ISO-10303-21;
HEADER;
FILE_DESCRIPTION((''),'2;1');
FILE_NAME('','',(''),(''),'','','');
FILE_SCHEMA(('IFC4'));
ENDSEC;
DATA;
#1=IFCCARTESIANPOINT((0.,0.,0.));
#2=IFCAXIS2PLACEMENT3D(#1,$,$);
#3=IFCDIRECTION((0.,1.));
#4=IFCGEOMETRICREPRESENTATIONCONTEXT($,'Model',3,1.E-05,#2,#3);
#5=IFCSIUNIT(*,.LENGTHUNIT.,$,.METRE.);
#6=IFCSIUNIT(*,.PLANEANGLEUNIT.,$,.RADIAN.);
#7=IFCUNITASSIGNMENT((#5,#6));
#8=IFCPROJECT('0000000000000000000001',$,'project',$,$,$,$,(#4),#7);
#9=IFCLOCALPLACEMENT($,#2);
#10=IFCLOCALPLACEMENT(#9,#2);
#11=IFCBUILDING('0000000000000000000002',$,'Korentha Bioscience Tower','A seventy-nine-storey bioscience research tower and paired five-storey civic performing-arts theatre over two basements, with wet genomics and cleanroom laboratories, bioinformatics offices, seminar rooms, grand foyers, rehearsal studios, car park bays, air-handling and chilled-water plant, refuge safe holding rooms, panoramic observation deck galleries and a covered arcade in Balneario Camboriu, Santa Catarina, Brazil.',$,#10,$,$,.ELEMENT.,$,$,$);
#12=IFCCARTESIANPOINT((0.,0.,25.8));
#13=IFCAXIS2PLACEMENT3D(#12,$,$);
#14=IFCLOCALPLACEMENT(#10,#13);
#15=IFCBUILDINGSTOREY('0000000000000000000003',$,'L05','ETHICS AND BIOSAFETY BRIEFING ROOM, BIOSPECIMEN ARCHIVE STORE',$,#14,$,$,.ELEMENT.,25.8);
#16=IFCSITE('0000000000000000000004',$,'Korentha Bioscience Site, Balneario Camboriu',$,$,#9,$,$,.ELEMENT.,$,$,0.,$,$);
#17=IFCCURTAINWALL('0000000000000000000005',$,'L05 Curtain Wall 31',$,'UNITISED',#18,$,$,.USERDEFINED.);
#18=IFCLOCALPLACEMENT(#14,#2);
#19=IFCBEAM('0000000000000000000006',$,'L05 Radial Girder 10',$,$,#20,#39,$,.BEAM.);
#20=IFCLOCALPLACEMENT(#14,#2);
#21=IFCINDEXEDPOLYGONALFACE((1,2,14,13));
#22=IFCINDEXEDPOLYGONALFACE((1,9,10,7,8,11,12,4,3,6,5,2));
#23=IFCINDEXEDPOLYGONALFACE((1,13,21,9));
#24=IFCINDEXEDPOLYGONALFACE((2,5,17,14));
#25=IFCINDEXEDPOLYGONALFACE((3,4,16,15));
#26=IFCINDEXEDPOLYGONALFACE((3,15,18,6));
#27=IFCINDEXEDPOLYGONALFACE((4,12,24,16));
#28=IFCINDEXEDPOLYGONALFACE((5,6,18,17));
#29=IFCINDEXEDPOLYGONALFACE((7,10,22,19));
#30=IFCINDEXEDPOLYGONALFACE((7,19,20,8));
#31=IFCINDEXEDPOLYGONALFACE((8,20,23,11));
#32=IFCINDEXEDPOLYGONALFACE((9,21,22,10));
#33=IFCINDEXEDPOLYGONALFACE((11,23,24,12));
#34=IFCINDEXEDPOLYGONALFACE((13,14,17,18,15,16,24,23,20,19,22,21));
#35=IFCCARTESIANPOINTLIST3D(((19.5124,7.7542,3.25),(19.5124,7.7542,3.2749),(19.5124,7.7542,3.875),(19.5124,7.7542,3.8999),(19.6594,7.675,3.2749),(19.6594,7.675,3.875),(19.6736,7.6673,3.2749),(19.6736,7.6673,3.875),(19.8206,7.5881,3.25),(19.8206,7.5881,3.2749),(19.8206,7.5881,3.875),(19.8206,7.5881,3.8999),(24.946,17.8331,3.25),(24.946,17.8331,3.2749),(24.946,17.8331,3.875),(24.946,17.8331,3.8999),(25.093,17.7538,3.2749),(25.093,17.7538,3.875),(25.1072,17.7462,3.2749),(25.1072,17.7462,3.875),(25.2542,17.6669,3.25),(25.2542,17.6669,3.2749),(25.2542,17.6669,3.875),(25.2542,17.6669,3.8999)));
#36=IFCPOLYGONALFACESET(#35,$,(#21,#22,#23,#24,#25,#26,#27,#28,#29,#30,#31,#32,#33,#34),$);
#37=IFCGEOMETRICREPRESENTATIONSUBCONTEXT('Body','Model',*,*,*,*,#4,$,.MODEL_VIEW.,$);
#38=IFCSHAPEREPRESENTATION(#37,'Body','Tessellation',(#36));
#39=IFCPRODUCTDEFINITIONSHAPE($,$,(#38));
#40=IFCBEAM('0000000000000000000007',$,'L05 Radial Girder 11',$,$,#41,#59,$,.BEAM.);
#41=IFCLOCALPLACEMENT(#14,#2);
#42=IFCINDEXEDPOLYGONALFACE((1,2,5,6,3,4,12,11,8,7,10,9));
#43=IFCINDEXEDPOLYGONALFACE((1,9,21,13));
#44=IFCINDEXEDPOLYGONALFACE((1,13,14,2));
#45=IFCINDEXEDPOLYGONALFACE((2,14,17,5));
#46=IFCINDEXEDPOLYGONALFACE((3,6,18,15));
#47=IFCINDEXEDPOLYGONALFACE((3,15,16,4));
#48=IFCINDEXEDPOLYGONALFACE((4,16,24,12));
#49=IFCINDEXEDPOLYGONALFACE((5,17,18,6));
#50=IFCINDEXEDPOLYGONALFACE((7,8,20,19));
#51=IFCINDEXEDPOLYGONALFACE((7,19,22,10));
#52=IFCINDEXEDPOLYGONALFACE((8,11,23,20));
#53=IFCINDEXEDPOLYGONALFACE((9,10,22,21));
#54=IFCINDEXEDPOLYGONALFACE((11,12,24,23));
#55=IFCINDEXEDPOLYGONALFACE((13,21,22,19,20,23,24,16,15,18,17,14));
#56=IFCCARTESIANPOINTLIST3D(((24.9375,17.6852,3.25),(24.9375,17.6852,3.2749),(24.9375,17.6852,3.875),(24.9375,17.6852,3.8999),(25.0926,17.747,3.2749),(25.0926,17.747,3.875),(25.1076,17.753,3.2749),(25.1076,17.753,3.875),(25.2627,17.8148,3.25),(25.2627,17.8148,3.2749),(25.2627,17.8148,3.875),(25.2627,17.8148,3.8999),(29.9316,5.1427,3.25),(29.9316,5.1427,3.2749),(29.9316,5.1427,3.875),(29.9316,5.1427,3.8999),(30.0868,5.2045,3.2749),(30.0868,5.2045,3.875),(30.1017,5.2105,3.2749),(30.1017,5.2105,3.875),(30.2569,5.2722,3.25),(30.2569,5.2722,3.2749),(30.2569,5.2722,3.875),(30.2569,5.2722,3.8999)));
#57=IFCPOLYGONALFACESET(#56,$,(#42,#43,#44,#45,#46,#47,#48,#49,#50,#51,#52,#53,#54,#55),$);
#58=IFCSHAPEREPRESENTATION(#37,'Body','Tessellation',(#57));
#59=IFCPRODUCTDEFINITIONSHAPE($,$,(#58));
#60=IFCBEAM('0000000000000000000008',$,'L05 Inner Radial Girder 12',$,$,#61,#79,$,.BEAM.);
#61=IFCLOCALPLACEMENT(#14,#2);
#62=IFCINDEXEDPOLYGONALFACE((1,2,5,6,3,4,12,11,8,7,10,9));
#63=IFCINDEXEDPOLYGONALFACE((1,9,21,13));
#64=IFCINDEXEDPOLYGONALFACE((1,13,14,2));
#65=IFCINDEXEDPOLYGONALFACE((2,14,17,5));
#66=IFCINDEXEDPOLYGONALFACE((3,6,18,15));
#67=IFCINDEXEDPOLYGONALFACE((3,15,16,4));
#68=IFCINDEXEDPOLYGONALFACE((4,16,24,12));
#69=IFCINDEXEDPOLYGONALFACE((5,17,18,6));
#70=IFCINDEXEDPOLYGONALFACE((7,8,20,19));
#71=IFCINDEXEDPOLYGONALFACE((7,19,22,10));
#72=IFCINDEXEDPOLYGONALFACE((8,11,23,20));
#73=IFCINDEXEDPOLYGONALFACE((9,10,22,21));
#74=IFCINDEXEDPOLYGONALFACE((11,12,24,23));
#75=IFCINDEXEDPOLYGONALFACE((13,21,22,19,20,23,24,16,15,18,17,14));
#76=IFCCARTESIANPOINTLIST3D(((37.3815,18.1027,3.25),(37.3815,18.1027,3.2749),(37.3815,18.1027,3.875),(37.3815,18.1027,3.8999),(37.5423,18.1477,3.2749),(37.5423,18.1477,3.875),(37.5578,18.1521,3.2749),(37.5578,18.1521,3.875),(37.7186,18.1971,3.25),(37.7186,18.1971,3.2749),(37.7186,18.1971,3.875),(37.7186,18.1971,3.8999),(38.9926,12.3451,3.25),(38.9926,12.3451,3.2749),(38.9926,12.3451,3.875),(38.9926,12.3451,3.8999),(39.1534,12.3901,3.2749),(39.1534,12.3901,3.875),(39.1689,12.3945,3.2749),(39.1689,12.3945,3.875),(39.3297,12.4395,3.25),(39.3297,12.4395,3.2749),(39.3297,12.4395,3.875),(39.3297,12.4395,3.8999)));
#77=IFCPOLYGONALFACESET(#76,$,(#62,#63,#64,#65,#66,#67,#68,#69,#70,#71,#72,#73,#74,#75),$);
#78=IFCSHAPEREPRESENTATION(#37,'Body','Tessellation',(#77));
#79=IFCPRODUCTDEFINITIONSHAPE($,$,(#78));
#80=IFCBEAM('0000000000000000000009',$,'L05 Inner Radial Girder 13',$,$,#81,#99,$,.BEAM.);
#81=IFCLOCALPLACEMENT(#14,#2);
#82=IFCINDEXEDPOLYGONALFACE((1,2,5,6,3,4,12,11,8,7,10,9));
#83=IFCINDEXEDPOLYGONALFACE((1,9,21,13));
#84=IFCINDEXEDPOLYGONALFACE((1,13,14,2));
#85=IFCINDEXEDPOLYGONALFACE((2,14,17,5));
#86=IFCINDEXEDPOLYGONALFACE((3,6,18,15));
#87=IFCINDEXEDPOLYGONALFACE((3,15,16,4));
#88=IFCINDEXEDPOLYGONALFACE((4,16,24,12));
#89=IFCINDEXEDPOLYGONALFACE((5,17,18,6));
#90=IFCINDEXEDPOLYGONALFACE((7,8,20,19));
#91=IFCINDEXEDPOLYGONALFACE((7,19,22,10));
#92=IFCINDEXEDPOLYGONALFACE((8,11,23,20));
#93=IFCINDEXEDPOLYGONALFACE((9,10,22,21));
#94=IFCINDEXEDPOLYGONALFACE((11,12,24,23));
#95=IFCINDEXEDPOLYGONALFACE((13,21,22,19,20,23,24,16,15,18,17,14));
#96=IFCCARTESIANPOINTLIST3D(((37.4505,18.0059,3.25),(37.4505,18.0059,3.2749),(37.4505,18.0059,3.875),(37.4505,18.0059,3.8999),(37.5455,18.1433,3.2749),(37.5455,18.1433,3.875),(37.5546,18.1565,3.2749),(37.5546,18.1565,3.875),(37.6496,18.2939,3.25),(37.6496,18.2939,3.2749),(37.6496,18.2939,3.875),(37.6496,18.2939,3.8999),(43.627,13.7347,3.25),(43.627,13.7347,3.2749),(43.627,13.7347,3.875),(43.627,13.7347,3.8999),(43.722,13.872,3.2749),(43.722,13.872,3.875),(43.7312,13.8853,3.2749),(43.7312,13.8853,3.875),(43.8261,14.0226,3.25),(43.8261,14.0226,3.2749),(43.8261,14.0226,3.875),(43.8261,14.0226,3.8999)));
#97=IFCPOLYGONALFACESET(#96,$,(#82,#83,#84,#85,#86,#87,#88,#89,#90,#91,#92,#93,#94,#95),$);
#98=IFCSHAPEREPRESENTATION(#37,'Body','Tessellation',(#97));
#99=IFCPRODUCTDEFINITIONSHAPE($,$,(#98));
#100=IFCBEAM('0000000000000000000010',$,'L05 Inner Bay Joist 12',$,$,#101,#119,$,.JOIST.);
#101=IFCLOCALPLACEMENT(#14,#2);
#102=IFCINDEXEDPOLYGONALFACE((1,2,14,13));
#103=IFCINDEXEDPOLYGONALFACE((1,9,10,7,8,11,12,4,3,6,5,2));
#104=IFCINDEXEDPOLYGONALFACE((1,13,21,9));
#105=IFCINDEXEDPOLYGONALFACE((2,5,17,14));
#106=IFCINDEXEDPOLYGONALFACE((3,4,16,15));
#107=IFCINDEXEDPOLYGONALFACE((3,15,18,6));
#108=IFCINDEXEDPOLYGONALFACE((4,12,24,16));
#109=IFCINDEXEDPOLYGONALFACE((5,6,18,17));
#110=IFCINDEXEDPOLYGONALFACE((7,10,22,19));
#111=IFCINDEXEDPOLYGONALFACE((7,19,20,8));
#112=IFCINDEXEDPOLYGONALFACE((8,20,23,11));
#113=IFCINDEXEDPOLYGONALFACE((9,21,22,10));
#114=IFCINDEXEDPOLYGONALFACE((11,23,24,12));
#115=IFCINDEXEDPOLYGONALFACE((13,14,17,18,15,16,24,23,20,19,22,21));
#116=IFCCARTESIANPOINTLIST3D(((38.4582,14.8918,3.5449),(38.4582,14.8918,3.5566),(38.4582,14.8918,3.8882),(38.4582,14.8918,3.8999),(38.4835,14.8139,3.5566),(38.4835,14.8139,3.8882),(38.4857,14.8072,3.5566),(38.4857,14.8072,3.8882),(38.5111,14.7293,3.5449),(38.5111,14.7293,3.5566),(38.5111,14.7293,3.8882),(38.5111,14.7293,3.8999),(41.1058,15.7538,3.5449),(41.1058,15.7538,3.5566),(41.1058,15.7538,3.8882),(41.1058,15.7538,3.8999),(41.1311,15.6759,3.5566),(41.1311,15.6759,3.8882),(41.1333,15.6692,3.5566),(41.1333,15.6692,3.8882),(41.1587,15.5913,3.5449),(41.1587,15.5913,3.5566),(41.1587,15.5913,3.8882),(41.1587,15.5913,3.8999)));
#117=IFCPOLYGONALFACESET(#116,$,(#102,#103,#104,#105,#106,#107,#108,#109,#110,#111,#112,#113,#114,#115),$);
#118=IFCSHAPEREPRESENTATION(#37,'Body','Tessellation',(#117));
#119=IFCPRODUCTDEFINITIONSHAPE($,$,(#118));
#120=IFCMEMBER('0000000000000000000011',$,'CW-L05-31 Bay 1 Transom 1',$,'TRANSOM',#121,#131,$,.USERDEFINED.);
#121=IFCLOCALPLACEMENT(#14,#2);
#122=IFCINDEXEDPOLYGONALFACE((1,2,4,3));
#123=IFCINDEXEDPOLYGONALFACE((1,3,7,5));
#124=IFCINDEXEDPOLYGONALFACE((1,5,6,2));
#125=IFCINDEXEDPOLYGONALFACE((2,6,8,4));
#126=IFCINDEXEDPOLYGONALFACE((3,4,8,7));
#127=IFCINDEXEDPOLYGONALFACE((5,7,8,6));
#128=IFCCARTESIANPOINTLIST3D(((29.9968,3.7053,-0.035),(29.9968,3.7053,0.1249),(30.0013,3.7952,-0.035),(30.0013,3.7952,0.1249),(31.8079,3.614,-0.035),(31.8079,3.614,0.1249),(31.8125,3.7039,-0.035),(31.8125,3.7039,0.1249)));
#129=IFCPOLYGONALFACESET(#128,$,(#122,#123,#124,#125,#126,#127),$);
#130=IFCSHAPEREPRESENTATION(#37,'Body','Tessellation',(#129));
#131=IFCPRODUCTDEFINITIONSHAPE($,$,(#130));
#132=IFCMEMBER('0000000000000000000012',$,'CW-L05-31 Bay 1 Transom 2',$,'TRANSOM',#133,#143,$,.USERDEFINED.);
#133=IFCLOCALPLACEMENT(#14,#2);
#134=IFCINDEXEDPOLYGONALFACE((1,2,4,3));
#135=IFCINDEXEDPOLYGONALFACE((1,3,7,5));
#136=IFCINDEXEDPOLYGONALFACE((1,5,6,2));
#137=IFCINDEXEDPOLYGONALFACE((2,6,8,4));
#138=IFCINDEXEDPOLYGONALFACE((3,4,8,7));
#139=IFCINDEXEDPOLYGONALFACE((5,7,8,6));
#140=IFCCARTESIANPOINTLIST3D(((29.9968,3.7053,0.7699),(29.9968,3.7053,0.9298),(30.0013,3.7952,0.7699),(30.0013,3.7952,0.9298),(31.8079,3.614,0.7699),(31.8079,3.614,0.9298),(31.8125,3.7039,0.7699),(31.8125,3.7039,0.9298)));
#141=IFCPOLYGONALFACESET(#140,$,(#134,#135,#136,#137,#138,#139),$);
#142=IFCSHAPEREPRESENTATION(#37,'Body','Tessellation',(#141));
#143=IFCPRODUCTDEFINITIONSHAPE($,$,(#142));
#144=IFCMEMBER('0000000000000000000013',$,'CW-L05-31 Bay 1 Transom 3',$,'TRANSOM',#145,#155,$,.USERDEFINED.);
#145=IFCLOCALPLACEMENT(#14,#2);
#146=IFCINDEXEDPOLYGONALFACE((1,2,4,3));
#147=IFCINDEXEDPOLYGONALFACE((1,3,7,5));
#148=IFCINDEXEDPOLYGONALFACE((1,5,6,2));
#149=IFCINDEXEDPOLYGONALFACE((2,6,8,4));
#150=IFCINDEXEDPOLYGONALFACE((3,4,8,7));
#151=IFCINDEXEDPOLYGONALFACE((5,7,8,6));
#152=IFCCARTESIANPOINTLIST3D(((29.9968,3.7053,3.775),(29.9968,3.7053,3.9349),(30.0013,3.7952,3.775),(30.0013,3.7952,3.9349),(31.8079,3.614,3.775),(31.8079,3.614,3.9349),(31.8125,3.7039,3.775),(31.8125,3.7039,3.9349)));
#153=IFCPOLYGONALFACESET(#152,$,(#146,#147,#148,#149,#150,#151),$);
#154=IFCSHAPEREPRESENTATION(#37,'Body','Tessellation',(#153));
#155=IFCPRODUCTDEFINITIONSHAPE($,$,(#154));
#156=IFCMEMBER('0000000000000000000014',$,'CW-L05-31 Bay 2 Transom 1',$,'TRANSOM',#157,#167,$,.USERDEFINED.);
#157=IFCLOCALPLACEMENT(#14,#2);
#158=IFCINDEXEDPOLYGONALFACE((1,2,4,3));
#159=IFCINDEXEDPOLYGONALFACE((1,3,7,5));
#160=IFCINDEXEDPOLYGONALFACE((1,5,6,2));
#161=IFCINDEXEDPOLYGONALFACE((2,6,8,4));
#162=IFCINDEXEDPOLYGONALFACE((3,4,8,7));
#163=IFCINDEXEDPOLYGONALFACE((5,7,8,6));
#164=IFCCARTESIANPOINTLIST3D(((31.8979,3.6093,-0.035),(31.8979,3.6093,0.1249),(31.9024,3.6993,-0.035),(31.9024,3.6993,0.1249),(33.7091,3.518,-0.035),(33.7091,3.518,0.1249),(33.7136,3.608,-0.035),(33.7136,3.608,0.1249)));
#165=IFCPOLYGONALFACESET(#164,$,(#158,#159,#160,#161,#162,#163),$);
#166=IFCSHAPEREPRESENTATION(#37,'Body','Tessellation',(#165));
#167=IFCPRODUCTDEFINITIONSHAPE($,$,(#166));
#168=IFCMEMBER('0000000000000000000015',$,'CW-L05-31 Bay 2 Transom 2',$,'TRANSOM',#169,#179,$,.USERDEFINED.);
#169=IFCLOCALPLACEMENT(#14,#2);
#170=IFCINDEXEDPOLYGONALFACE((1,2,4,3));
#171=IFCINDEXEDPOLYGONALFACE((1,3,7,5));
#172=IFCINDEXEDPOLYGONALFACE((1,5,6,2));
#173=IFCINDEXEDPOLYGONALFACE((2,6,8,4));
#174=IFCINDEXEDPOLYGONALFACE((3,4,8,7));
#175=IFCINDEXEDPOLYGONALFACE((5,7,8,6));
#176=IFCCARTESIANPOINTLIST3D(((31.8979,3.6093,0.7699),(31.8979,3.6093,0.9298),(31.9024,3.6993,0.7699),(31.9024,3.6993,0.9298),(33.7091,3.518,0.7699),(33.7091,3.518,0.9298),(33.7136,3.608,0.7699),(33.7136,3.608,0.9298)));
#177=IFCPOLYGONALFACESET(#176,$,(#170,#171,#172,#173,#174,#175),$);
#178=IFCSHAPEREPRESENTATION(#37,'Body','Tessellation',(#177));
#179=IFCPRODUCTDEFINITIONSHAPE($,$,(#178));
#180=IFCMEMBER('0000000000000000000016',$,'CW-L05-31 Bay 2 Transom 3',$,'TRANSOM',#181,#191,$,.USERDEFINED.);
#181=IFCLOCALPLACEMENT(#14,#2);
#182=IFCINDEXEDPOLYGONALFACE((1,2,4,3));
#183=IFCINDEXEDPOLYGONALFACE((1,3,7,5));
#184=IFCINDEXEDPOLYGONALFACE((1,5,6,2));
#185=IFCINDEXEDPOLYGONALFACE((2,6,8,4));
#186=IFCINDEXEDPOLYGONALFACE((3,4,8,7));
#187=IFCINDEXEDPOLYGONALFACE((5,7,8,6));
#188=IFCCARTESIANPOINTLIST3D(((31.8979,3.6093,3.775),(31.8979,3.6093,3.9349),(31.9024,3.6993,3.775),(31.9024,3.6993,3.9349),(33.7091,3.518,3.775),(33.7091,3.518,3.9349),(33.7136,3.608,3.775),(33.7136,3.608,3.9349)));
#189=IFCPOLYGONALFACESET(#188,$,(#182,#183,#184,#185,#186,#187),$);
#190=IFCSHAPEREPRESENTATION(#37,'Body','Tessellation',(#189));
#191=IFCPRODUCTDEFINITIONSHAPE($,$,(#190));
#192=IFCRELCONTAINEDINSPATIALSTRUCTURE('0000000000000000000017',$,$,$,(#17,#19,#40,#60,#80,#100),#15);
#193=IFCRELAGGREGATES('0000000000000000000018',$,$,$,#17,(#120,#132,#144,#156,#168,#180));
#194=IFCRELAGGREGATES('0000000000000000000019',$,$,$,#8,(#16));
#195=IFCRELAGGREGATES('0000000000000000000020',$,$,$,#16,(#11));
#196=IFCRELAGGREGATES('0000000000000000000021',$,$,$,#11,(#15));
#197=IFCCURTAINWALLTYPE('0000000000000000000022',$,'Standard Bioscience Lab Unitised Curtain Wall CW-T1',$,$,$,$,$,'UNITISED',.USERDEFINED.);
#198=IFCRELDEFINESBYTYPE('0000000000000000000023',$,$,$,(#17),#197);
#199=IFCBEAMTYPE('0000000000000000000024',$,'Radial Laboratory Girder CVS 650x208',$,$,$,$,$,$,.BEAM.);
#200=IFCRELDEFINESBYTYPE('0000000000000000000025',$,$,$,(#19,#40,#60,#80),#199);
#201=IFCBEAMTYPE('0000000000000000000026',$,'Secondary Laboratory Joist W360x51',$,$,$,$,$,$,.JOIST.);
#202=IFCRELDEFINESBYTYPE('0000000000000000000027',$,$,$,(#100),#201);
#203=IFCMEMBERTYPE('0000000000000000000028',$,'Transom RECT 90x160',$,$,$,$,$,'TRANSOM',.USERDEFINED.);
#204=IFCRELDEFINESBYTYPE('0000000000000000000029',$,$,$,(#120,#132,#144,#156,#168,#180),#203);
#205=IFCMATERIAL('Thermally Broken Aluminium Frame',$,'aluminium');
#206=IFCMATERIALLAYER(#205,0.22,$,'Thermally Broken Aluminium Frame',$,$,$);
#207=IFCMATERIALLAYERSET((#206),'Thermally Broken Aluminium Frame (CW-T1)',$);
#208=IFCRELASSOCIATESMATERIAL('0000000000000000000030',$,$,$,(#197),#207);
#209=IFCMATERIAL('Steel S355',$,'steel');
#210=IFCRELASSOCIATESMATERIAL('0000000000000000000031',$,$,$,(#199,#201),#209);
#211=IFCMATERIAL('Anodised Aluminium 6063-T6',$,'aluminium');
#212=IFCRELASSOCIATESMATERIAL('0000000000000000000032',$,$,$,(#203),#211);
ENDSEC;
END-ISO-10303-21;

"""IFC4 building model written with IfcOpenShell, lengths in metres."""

from ifc_helpers import new_model, si_unit, direction, frame, origin, origin_2d, place, context, subcontext, project, spatial, rectangle, i_section, extrude, material, layer, layer_set, material_profile, profile_set, type_object, element, aggregate, save


model = new_model("IFC4")

# Units and contexts
model_context = context("Model", 3, precision=1e-05, world=origin(), true_north=direction((0.0, 1.0)))
body_context = subcontext(model_context, "Body", "Model", "MODEL_VIEW")
ifc_project = project(units=[si_unit("LENGTHUNIT", "METRE"), si_unit("PLANEANGLEUNIT", "RADIAN")], contexts=[model_context])

# Site, building, storey
site_placement = place(None, origin())
site = spatial("IfcSite", under=ifc_project, at=site_placement, Name="Korentha Bioscience Site, Balneario Camboriu", CompositionType="ELEMENT", RefElevation=0.0)
building_placement = place(site_placement, origin())
building = spatial("IfcBuilding", under=site, at=building_placement, Name="Korentha Bioscience Tower", Description="A seventy-nine-storey bioscience research tower and paired five-storey civic performing-arts theatre over two basements, with wet genomics and cleanroom laboratories, bioinformatics offices, seminar rooms, grand foyers, rehearsal studios, car park bays, air-handling and chilled-water plant, refuge safe holding rooms, panoramic observation deck galleries and a covered arcade in Balneario Camboriu, Santa Catarina, Brazil.", CompositionType="ELEMENT")
storey_placement = place(building_placement, frame((0.0, 0.0, 25.8)))
storey = spatial("IfcBuildingStorey", under=building, at=storey_placement, Name="L05", Description="ETHICS AND BIOSAFETY BRIEFING ROOM, BIOSPECIMEN ARCHIVE STORE", CompositionType="ELEMENT", Elevation=25.8)

# Shared definitions
ifc_material_1 = material(Name="Steel S355", Category="steel")

# Curtain wall
ifc_material_2 = material(Name="Thermally Broken Aluminium Frame", Category="aluminium")
ifc_layer_1 = layer(ifc_material_2, 0.22, Name="Thermally Broken Aluminium Frame")
ifc_layer_set_1 = layer_set([ifc_layer_1], Name="Thermally Broken Aluminium Frame (CW-T1)")
curtain_wall_type = type_object("IfcCurtainWallType", Name="Standard Bioscience Lab Unitised Curtain Wall CW-T1", ElementType="UNITISED", PredefinedType="USERDEFINED", material=ifc_layer_set_1)
curtain_wall_placement = place(storey_placement, origin())
curtain_wall = element("IfcCurtainWall", 1, at=curtain_wall_placement, inside=storey, type_object=curtain_wall_type, Name="L05 Curtain Wall 31", ObjectType="UNITISED", PredefinedType="USERDEFINED")
ifc_material_3 = material(Name="Anodised Aluminium 6063-T6", Category="aluminium")

# Beams
ifc_material_profile_1 = material_profile(ifc_material_1, i_section(OverallWidth=0.3501, OverallDepth=0.6499, WebThickness=0.0161, FlangeThickness=0.0249, at=origin_2d()), Name="Steel S355")
ifc_profile_set_1 = profile_set([ifc_material_profile_1], Name="Steel S355 (RB-650)")
beam_type_1 = type_object("IfcBeamType", Name="Radial Laboratory Girder CVS 650x208", PredefinedType="BEAM", material=ifc_profile_set_1)
beam_1_placement = place(storey_placement, frame((25.1001, 17.75, 3.575), z_axis=(-0.474541, -0.880233, 0.0), x_axis=(0.880233, -0.474541, 0.0)))
element("IfcBeam", 2, at=beam_1_placement, inside=storey, type_object=beam_type_1, Name="L05 Radial Girder 10", PredefinedType="BEAM", context=body_context, shape_type="SweptSolid", body=[
    extrude(i_section(OverallWidth=0.3501, OverallDepth=0.6499, WebThickness=0.0161, FlangeThickness=0.0249, at=origin_2d()), origin(), (0.0, 0.0, 1.0), 11.4502),
])
beam_2_placement = place(storey_placement, frame((25.1001, 17.75, 3.575), z_axis=(0.369931, -0.929059, 0.0), x_axis=(0.929059, 0.369931, 0.0)))
element("IfcBeam", 3, at=beam_2_placement, inside=storey, type_object=beam_type_1, Name="L05 Radial Girder 11", PredefinedType="BEAM", context=body_context, shape_type="SweptSolid", body=[
    extrude(i_section(OverallWidth=0.3501, OverallDepth=0.6499, WebThickness=0.0161, FlangeThickness=0.0249, at=origin_2d()), origin(), (0.0, 0.0, 1.0), 13.5002),
])
beam_3_placement = place(storey_placement, frame((37.55, 18.1499, 3.575), z_axis=(0.269469, -0.963009, 0.0), x_axis=(0.963009, 0.269469, 0.0)))
element("IfcBeam", 4, at=beam_3_placement, inside=storey, type_object=beam_type_1, Name="L05 Inner Radial Girder 12", PredefinedType="BEAM", context=body_context, shape_type="SweptSolid", body=[
    extrude(i_section(OverallWidth=0.3501, OverallDepth=0.6499, WebThickness=0.0161, FlangeThickness=0.0249, at=origin_2d()), origin(), (0.0, 0.0, 1.0), 5.9788),
])
beam_4_placement = place(storey_placement, frame((37.55, 18.1499, 3.575), z_axis=(0.822492, -0.568777, 0.0), x_axis=(0.568777, 0.822492, 0.0)))
element("IfcBeam", 5, at=beam_4_placement, inside=storey, type_object=beam_type_1, Name="L05 Inner Radial Girder 13", PredefinedType="BEAM", context=body_context, shape_type="SweptSolid", body=[
    extrude(i_section(OverallWidth=0.3501, OverallDepth=0.6499, WebThickness=0.0161, FlangeThickness=0.0249, at=origin_2d()), origin(), (0.0, 0.0, 1.0), 7.5095),
])
ifc_material_profile_2 = material_profile(ifc_material_1, i_section(OverallWidth=0.1709, OverallDepth=0.355, WebThickness=0.0071, FlangeThickness=0.0117, at=origin_2d()), Name="Steel S355")
ifc_profile_set_2 = profile_set([ifc_material_profile_2], Name="Steel S355 (JB-360)")
beam_type_2 = type_object("IfcBeamType", Name="Secondary Laboratory Joist W360x51", PredefinedType="JOIST", material=ifc_profile_set_2)
beam_5_placement = place(storey_placement, frame((38.4846, 14.8105, 3.7224), z_axis=(0.95087, 0.309592, 0.0), x_axis=(-0.309592, 0.95087, 0.0)))
element("IfcBeam", 6, at=beam_5_placement, inside=storey, type_object=beam_type_2, Name="L05 Inner Bay Joist 12", PredefinedType="JOIST", context=body_context, shape_type="SweptSolid", body=[
    extrude(i_section(OverallWidth=0.1709, OverallDepth=0.355, WebThickness=0.0071, FlangeThickness=0.0117, at=origin_2d()), origin(), (0.0, 0.0, 1.0), 2.7844),
])

# Members
ifc_material_profile_3 = material_profile(ifc_material_3, rectangle(XDim=0.0901, YDim=0.1599, at=origin_2d()), Name="Anodised Aluminium 6063-T6")
ifc_profile_set_3 = profile_set([ifc_material_profile_3], Name="Anodised Aluminium 6063-T6 (CW-TRN)")
member_type_1 = type_object("IfcMemberType", Name="Transom RECT 90x160", ElementType="TRANSOM", PredefinedType="USERDEFINED", material=ifc_profile_set_3)
member_1_placement = place(storey_placement, frame((29.999, 3.7502, 0.0449), z_axis=(0.998732, -0.050347, 0.0), x_axis=(0.050347, 0.998732, 0.0)))
member_1 = element("IfcMember", 7, at=member_1_placement, type_object=member_type_1, Name="CW-L05-31 Bay 1 Transom 1", ObjectType="TRANSOM", PredefinedType="USERDEFINED", context=body_context, shape_type="SweptSolid", body=[
    extrude(rectangle(XDim=0.0901, YDim=0.1599, at=origin_2d()), origin(), (0.0, 0.0, 1.0), 1.8135),
])
member_2_placement = place(storey_placement, frame((29.999, 3.7502, 0.8499), z_axis=(0.998732, -0.050347, 0.0), x_axis=(0.050347, 0.998732, 0.0)))
member_2 = element("IfcMember", 8, at=member_2_placement, type_object=member_type_1, Name="CW-L05-31 Bay 1 Transom 2", ObjectType="TRANSOM", PredefinedType="USERDEFINED", context=body_context, shape_type="SweptSolid", body=[
    extrude(rectangle(XDim=0.0901, YDim=0.1599, at=origin_2d()), origin(), (0.0, 0.0, 1.0), 1.8135),
])
member_3_placement = place(storey_placement, frame((29.999, 3.7502, 3.855), z_axis=(0.998732, -0.050347, 0.0), x_axis=(0.050347, 0.998732, 0.0)))
member_3 = element("IfcMember", 9, at=member_3_placement, type_object=member_type_1, Name="CW-L05-31 Bay 1 Transom 3", ObjectType="TRANSOM", PredefinedType="USERDEFINED", context=body_context, shape_type="SweptSolid", body=[
    extrude(rectangle(XDim=0.0901, YDim=0.1599, at=origin_2d()), origin(), (0.0, 0.0, 1.0), 1.8135),
])
member_4_placement = place(storey_placement, frame((31.9001, 3.6543, 0.0449), z_axis=(0.998732, -0.050347, 0.0), x_axis=(0.050347, 0.998732, 0.0)))
member_4 = element("IfcMember", 10, at=member_4_placement, type_object=member_type_1, Name="CW-L05-31 Bay 2 Transom 1", ObjectType="TRANSOM", PredefinedType="USERDEFINED", context=body_context, shape_type="SweptSolid", body=[
    extrude(rectangle(XDim=0.0901, YDim=0.1599, at=origin_2d()), origin(), (0.0, 0.0, 1.0), 1.8135),
])
member_5_placement = place(storey_placement, frame((31.9001, 3.6543, 0.8499), z_axis=(0.998732, -0.050347, 0.0), x_axis=(0.050347, 0.998732, 0.0)))
member_5 = element("IfcMember", 11, at=member_5_placement, type_object=member_type_1, Name="CW-L05-31 Bay 2 Transom 2", ObjectType="TRANSOM", PredefinedType="USERDEFINED", context=body_context, shape_type="SweptSolid", body=[
    extrude(rectangle(XDim=0.0901, YDim=0.1599, at=origin_2d()), origin(), (0.0, 0.0, 1.0), 1.8135),
])
member_6_placement = place(storey_placement, frame((31.9001, 3.6543, 3.855), z_axis=(0.998732, -0.050347, 0.0), x_axis=(0.050347, 0.998732, 0.0)))
member_6 = element("IfcMember", 12, at=member_6_placement, type_object=member_type_1, Name="CW-L05-31 Bay 2 Transom 3", ObjectType="TRANSOM", PredefinedType="USERDEFINED", context=body_context, shape_type="SweptSolid", body=[
    extrude(rectangle(XDim=0.0901, YDim=0.1599, at=origin_2d()), origin(), (0.0, 0.0, 1.0), 1.8135),
])

aggregate(curtain_wall, [member_1, member_2, member_3, member_4, member_5, member_6])

save(model, "model.ifc")
